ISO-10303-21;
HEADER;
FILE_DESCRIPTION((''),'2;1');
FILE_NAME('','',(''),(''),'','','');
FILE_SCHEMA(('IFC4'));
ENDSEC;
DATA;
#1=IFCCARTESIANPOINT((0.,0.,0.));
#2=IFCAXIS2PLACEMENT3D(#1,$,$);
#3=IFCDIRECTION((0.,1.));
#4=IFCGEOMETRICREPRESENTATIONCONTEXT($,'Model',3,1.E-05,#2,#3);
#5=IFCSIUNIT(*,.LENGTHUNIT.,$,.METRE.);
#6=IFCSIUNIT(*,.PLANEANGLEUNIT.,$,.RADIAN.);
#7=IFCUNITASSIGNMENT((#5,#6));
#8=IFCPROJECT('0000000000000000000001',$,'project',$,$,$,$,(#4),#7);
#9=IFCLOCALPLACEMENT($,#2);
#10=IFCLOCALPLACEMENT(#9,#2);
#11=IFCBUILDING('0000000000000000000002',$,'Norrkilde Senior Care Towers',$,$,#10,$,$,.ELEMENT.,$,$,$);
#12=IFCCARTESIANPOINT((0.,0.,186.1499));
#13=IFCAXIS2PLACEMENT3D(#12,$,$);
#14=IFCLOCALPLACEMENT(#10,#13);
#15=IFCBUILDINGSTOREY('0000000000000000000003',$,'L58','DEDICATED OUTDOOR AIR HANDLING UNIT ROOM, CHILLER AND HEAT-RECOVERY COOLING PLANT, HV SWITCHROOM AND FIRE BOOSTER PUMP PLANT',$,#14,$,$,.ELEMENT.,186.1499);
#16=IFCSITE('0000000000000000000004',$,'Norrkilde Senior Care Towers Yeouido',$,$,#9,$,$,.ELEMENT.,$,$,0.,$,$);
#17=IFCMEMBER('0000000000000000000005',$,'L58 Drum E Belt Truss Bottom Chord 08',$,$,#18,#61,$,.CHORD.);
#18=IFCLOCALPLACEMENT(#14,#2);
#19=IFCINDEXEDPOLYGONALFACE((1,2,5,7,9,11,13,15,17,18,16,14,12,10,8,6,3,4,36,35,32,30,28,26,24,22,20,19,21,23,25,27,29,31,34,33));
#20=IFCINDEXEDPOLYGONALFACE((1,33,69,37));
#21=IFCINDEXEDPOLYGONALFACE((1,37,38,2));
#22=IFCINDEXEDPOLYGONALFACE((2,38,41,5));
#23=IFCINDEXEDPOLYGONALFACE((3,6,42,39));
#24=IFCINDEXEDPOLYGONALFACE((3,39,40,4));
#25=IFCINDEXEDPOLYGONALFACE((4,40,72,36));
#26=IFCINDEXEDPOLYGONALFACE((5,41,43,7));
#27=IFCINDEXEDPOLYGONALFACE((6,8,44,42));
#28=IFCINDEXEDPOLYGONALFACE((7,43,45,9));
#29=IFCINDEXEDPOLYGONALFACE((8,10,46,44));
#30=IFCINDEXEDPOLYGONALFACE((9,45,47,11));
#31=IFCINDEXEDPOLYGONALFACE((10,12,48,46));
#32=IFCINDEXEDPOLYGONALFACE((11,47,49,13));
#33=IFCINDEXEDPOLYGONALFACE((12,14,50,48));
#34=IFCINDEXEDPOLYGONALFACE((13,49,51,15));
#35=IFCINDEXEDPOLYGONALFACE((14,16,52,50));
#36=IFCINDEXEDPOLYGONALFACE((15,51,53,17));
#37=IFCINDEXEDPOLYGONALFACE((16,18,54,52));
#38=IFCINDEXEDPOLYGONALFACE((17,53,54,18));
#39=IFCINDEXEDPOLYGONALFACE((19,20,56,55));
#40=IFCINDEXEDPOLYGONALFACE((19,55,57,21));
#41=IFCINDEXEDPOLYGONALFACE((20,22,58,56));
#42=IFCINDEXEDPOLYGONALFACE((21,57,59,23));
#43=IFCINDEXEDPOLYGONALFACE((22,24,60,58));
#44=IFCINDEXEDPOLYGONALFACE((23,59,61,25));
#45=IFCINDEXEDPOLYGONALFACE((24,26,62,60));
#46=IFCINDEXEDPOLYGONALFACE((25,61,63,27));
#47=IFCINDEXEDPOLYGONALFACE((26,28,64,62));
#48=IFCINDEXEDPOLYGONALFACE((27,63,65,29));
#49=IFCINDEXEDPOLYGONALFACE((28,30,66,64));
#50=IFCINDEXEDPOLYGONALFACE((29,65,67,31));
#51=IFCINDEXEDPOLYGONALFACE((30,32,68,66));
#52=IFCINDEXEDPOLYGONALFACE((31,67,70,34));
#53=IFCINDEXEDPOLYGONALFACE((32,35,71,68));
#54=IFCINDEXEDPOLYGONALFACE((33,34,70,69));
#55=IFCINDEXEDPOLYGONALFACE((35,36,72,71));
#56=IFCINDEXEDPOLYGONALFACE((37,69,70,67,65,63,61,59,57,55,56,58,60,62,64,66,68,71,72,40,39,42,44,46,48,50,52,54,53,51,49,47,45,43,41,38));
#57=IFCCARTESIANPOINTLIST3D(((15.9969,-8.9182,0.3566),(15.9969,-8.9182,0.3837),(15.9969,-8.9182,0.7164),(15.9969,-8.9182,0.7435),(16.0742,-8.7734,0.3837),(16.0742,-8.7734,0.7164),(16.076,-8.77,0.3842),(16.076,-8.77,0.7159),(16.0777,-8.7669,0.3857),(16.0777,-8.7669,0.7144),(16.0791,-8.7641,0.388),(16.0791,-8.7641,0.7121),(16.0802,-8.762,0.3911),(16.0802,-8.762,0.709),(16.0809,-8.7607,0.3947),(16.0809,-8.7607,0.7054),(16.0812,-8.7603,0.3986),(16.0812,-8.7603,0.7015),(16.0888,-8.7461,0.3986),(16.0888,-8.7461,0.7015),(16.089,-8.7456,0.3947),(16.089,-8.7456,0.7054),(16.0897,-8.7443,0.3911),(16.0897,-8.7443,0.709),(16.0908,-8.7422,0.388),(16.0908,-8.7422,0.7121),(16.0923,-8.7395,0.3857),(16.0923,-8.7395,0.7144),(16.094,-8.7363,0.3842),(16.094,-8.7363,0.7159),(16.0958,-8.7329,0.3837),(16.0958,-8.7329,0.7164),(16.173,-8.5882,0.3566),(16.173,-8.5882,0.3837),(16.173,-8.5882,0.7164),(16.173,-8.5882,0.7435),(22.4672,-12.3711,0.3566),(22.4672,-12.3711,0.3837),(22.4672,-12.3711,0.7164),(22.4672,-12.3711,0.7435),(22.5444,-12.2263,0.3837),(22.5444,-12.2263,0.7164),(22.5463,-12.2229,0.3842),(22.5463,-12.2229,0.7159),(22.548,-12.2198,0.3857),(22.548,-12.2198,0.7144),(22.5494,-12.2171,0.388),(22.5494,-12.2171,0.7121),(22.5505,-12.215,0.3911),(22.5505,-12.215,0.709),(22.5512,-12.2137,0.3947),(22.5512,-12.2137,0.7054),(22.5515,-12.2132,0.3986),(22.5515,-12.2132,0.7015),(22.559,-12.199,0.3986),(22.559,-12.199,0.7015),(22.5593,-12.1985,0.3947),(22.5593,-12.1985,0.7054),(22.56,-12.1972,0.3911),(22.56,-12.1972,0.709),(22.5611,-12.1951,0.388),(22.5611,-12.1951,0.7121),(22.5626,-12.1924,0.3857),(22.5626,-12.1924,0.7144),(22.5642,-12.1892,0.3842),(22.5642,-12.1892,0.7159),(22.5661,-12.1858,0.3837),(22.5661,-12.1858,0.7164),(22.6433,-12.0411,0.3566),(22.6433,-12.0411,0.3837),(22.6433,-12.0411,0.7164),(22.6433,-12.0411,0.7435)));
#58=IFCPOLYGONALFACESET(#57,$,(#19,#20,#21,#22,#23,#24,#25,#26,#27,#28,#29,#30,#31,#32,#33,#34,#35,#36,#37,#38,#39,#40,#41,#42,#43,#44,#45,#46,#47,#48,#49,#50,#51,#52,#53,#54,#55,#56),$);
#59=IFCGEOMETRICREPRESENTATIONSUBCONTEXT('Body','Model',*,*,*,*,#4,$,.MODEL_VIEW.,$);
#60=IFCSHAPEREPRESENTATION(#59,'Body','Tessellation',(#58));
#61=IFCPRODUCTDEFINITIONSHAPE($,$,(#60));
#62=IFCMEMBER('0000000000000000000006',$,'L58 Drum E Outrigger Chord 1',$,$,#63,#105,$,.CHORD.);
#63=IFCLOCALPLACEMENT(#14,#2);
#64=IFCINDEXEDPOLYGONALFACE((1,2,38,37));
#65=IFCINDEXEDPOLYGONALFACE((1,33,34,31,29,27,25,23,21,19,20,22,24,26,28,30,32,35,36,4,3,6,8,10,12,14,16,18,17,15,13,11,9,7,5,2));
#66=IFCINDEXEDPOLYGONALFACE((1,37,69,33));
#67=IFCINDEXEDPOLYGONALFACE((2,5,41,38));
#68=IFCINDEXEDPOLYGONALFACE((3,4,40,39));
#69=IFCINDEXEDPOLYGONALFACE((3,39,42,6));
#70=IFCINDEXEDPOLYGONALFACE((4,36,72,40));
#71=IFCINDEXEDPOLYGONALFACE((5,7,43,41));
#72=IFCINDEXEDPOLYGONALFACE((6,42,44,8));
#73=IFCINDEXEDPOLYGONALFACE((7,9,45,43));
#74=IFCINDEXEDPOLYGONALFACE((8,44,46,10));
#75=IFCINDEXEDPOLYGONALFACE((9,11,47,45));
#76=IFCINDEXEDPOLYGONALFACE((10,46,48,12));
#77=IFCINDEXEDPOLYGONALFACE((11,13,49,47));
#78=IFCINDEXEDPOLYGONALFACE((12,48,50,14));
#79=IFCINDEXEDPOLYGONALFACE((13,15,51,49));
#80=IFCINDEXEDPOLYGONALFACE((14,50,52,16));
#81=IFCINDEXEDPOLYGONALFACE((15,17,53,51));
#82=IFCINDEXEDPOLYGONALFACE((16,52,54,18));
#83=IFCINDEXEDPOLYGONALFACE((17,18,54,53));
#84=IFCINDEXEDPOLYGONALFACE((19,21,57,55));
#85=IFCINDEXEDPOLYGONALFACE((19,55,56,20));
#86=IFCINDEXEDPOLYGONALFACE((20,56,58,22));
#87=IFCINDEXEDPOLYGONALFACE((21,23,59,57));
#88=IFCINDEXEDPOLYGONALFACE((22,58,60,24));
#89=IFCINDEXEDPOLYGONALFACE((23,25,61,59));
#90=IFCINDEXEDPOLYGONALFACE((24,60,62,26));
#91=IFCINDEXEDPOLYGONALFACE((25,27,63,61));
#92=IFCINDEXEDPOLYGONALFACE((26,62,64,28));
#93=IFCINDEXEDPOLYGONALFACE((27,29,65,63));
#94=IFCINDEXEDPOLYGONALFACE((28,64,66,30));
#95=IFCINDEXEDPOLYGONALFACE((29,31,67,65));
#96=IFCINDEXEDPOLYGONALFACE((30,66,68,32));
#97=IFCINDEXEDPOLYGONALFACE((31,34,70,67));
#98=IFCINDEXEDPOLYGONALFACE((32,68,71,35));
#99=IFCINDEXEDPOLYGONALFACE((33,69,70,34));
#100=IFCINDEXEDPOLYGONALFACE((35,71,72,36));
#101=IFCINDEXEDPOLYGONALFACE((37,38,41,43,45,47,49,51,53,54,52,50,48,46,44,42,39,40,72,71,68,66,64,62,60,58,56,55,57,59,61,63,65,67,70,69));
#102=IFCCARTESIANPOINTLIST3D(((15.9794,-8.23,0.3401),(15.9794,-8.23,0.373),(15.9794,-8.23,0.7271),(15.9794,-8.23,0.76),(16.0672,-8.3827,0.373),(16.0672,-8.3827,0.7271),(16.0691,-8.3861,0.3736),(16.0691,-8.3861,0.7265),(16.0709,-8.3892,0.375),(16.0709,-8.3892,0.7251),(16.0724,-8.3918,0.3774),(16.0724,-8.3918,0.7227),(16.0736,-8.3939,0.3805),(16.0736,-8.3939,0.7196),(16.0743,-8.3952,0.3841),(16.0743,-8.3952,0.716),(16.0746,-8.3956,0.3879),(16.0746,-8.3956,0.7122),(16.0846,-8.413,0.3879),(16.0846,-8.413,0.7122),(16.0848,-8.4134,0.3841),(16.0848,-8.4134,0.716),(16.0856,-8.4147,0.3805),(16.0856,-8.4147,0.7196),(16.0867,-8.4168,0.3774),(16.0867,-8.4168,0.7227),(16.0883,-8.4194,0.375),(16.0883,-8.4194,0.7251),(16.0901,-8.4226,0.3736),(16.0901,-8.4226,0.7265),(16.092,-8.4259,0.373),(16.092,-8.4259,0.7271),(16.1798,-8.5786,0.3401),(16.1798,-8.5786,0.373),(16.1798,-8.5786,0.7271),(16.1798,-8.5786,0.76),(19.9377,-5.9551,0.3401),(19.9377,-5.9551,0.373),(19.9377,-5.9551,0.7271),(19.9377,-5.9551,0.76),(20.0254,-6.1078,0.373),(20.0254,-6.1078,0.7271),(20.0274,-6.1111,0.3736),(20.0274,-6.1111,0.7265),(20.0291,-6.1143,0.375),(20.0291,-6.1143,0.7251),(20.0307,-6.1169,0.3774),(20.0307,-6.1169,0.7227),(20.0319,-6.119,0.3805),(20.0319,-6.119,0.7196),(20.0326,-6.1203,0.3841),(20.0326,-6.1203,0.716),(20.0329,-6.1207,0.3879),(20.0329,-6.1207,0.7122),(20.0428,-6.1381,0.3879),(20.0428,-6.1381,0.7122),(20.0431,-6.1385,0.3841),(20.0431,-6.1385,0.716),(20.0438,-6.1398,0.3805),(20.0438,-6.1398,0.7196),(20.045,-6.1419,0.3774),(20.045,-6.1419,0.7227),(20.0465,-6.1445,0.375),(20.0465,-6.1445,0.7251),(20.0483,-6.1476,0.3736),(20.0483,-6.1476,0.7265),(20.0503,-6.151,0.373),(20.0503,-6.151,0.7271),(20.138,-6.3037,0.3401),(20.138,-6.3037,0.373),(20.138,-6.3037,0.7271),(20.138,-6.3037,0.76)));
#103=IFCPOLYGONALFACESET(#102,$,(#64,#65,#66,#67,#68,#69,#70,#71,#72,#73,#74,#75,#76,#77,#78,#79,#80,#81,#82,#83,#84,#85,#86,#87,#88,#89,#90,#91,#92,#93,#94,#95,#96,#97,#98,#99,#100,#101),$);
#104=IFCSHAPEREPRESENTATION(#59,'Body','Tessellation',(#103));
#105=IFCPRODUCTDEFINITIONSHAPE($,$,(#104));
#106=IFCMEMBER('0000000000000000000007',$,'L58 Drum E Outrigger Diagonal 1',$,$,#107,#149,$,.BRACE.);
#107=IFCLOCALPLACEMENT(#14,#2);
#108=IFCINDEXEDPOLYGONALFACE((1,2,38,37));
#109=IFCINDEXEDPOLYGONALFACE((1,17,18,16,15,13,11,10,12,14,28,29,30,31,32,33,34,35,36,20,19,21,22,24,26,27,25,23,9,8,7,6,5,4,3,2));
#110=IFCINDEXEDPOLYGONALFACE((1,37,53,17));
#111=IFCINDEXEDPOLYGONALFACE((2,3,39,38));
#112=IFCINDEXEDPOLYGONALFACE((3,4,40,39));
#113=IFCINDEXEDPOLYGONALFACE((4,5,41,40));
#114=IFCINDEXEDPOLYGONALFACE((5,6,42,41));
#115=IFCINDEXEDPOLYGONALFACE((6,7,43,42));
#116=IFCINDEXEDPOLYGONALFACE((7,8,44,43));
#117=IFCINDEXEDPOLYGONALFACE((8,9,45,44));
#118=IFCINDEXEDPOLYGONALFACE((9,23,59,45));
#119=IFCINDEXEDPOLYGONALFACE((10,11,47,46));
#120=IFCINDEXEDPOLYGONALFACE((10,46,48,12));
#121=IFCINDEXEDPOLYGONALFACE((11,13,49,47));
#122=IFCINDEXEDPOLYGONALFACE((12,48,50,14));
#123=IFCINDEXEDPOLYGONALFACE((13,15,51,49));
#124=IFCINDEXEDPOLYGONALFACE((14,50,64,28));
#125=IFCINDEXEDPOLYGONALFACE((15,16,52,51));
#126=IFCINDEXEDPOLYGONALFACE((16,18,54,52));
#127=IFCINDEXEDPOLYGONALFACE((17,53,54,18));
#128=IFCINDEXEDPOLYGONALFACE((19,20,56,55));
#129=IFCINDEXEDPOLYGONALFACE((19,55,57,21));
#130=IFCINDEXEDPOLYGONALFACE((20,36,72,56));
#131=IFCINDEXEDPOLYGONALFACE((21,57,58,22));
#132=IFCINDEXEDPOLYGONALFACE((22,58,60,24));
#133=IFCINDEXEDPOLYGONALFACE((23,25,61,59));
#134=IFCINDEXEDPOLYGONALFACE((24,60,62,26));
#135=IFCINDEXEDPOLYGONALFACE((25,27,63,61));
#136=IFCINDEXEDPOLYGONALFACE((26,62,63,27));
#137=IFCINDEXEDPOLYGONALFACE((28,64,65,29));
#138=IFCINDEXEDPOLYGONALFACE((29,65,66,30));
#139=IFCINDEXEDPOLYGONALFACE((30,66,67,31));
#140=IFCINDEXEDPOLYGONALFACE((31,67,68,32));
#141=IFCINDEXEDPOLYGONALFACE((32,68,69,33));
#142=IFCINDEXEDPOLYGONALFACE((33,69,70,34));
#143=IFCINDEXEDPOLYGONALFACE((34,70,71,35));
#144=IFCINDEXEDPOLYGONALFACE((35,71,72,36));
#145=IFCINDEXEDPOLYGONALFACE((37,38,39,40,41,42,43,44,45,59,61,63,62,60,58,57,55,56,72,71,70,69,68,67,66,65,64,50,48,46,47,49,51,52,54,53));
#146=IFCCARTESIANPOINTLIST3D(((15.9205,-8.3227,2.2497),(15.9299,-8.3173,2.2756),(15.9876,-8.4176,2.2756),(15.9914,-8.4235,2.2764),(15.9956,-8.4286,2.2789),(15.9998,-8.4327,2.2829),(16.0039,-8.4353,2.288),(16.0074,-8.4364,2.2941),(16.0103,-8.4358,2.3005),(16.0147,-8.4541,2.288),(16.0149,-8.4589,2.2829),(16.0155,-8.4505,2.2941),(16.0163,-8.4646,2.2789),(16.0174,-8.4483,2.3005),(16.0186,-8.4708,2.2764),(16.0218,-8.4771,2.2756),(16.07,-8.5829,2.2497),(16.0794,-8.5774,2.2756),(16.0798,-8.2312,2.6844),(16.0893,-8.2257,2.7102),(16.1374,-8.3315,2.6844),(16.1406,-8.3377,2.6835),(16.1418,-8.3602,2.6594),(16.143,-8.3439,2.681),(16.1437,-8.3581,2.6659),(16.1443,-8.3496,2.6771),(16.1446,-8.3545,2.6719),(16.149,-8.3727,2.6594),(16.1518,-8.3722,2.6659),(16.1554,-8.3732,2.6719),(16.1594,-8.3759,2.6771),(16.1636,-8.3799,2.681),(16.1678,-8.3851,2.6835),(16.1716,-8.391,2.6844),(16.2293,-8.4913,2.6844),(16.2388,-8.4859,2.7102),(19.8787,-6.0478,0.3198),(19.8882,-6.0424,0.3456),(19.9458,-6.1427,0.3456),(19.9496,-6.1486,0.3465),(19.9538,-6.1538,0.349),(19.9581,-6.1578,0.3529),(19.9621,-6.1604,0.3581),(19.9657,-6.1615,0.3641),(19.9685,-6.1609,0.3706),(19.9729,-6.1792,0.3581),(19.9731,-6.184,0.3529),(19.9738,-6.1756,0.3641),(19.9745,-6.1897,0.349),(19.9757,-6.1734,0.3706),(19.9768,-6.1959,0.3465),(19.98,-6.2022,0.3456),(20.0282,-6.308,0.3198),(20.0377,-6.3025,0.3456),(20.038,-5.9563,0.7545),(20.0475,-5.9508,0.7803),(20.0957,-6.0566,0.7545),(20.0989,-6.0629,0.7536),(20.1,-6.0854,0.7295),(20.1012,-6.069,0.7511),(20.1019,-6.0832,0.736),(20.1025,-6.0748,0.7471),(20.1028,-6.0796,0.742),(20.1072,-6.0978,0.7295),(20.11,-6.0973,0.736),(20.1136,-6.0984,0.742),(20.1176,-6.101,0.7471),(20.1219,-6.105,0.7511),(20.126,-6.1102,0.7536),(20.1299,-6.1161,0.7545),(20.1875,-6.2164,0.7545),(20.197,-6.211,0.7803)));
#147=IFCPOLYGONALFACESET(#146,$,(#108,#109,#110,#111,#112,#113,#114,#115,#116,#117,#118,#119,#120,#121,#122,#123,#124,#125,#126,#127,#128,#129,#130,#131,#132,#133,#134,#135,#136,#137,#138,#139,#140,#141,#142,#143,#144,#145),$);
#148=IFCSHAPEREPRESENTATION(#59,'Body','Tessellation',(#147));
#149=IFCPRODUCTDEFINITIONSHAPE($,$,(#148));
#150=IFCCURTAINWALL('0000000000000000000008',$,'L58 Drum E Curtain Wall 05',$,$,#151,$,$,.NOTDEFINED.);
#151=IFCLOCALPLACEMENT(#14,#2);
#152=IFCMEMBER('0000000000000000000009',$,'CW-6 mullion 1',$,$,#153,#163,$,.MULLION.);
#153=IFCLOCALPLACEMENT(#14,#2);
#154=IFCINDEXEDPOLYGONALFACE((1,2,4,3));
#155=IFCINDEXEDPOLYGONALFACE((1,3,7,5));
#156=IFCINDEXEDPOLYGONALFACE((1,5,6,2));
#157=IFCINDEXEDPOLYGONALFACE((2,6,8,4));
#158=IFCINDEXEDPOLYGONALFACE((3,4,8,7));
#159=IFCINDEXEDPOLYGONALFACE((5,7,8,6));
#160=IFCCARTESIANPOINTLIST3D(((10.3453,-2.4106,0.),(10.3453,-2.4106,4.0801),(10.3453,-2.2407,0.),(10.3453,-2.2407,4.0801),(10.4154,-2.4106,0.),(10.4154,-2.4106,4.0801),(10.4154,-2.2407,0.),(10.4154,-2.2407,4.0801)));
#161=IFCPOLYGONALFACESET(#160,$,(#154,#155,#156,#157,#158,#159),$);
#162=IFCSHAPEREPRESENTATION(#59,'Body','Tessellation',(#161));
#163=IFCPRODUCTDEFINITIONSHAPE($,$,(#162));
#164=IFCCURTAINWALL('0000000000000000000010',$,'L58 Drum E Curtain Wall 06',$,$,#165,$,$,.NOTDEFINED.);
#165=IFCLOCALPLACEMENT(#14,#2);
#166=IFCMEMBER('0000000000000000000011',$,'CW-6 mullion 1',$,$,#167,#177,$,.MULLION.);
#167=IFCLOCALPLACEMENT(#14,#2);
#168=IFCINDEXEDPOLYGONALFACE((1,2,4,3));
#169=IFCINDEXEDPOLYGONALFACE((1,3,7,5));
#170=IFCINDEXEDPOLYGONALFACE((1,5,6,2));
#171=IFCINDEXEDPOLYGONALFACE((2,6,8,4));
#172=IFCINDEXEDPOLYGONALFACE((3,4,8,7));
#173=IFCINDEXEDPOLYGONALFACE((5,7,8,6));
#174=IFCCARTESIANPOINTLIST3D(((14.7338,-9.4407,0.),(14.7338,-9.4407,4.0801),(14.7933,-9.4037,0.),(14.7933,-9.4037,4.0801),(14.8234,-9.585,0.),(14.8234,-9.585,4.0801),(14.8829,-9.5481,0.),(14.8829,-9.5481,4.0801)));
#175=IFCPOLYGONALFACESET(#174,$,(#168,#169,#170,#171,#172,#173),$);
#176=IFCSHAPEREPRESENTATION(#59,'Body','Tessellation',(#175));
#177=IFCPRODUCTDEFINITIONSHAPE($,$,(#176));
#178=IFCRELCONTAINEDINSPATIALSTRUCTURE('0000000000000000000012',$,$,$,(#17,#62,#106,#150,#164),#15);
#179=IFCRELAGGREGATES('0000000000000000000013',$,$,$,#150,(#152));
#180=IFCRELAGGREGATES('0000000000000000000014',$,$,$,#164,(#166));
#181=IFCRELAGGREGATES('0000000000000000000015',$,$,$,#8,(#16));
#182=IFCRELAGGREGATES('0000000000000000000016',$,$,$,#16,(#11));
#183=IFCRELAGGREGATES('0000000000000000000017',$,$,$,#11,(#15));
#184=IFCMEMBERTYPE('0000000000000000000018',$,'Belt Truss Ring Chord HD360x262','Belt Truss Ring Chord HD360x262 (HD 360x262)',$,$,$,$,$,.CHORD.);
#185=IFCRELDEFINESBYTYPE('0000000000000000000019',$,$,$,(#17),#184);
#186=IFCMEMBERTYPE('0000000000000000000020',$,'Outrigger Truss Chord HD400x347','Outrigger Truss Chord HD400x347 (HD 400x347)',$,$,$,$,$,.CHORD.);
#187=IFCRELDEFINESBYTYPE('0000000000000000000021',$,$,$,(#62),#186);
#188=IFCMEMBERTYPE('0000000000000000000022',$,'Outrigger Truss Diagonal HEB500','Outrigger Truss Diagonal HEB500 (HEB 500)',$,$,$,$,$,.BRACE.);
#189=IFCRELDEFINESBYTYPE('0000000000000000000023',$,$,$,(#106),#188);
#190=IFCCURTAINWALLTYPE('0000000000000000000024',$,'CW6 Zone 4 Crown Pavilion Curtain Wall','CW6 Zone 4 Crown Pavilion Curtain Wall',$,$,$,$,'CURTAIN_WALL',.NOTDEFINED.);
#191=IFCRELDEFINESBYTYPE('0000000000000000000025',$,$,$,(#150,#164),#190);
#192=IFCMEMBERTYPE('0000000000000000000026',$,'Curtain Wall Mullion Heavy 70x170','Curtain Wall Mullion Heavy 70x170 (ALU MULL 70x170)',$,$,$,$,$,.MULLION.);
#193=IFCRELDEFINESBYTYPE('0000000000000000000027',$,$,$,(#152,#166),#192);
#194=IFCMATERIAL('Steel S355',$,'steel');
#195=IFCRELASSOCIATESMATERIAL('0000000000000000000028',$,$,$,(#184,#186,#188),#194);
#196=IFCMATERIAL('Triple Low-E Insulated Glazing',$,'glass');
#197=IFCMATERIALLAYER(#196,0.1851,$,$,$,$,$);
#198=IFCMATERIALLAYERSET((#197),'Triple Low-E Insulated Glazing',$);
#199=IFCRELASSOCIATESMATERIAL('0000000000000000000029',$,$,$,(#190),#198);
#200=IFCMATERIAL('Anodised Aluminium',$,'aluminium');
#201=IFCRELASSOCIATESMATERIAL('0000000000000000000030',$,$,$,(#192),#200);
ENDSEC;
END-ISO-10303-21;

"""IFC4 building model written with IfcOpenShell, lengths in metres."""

from ifc_helpers import new_model, si_unit, direction, frame, origin, origin_2d, place, context, subcontext, project, spatial, rectangle, i_section, extrude, source, transform, mapped, material, layer, layer_set, material_profile, profile_set, type_object, type_shapes, element, aggregate, save


model = new_model("IFC4")

# Units and contexts
model_context = context("Model", 3, precision=1e-05, world=origin(), true_north=direction((0.0, 1.0)))
body_context = subcontext(model_context, "Body", "Model", "MODEL_VIEW")
ifc_project = project(units=[si_unit("LENGTHUNIT", "METRE"), si_unit("PLANEANGLEUNIT", "RADIAN")], contexts=[model_context])

# Site, building, storey
site_placement = place(None, origin())
site = spatial("IfcSite", under=ifc_project, at=site_placement, Name="Norrkilde Senior Care Towers Yeouido", CompositionType="ELEMENT", RefElevation=0.0)
building_placement = place(site_placement, origin())
building = spatial("IfcBuilding", under=site, at=building_placement, Name="Norrkilde Senior Care Towers", CompositionType="ELEMENT")
storey_placement = place(building_placement, frame((0.0, 0.0, 186.1499)))
storey = spatial("IfcBuildingStorey", under=building, at=storey_placement, Name="L58", Description="DEDICATED OUTDOOR AIR HANDLING UNIT ROOM, CHILLER AND HEAT-RECOVERY COOLING PLANT, HV SWITCHROOM AND FIRE BOOSTER PUMP PLANT", CompositionType="ELEMENT", Elevation=186.1499)

# Members
ifc_material_1 = material(Name="Steel S355", Category="steel")
ifc_material_profile_1 = material_profile(ifc_material_1, i_section(OverallWidth=0.374, OverallDepth=0.387, WebThickness=0.0161, FlangeThickness=0.0271, FilletRadius=0.0149, at=origin_2d()), Name="HD 360x262")
ifc_profile_set_1 = profile_set([ifc_material_profile_1], Name="Steel S355")
member_type_1 = type_object("IfcMemberType", Name="Belt Truss Ring Chord HD360x262", Description="Belt Truss Ring Chord HD360x262 (HD 360x262)", PredefinedType="CHORD", material=ifc_profile_set_1)
shared_shape_1 = source(origin(), body_context, "Body", "SweptSolid", [
    extrude(i_section(OverallWidth=0.374, OverallDepth=0.387, WebThickness=0.0161, FlangeThickness=0.0271, FilletRadius=0.0149, at=origin_2d()), origin(), (0.0, 0.0, 1.0), 7.334),
])
member_1_placement = place(storey_placement, frame((16.085, -8.7532, 0.55), z_axis=(0.882234, -0.470811, 0.0), x_axis=(0.470811, 0.882234, 0.0)))
element("IfcMember", 1, at=member_1_placement, inside=storey, type_object=member_type_1, Name="L58 Drum E Belt Truss Bottom Chord 08", PredefinedType="CHORD", context=body_context, shape_type="MappedRepresentation", body=[
    mapped(shared_shape_1, transform((0.0, 0.0, 0.0), x_axis=(1.0, 0.0, 0.0), y_axis=(0.0, 1.0, 0.0), z_axis=(0.0, 0.0, 1.0), scale=1.0)),
])
ifc_material_profile_2 = material_profile(ifc_material_1, i_section(OverallWidth=0.4021, OverallDepth=0.4199, WebThickness=0.02, FlangeThickness=0.033, FilletRadius=0.0149, at=origin_2d()), Name="HD 400x347")
ifc_profile_set_2 = profile_set([ifc_material_profile_2], Name="Steel S355")
member_type_2 = type_object("IfcMemberType", Name="Outrigger Truss Chord HD400x347", Description="Outrigger Truss Chord HD400x347 (HD 400x347)", PredefinedType="CHORD", material=ifc_profile_set_2)
shared_shape_2 = source(origin(), body_context, "Body", "SweptSolid", [
    extrude(i_section(OverallWidth=0.4021, OverallDepth=0.4199, WebThickness=0.02, FlangeThickness=0.033, FilletRadius=0.0149, at=origin_2d()), origin(), (0.0, 0.0, 1.0), 4.5654),
])
type_shapes(member_type_2, [shared_shape_2])
member_2_placement = place(storey_placement, frame((20.0378, -6.1294, 0.55), z_axis=(-0.86701, -0.498291, 0.0), x_axis=(0.498291, -0.86701, 0.0)))
element("IfcMember", 2, at=member_2_placement, inside=storey, type_object=member_type_2, Name="L58 Drum E Outrigger Chord 1", PredefinedType="CHORD", context=body_context, shape_type="MappedRepresentation", body=[
    mapped(shared_shape_2, transform((0.0, 0.0, 0.0), x_axis=(1.0, 0.0, 0.0), y_axis=(0.0, 1.0, 0.0), z_axis=(0.0, 0.0, 1.0), scale=1.0)),
])
ifc_material_profile_3 = material_profile(ifc_material_1, i_section(OverallWidth=0.3, OverallDepth=0.5, WebThickness=0.0144, FlangeThickness=0.0281, FilletRadius=0.0271, at=origin_2d()), Name="HEB 500")
ifc_profile_set_3 = profile_set([ifc_material_profile_3], Name="Steel S355")
member_type_3 = type_object("IfcMemberType", Name="Outrigger Truss Diagonal HEB500", Description="Outrigger Truss Diagonal HEB500 (HEB 500)", PredefinedType="BRACE", material=ifc_profile_set_3)
shared_shape_3 = source(origin(), body_context, "Body", "SweptSolid", [
    extrude(i_section(OverallWidth=0.3, OverallDepth=0.5, WebThickness=0.0144, FlangeThickness=0.0281, FilletRadius=0.0271, at=origin_2d()), origin(), (0.0, 0.0, 1.0), 4.9565),
])
type_shapes(member_type_3, [shared_shape_3])
member_3_placement = place(storey_placement, frame((20.0378, -6.1294, 0.55), z_axis=(-0.798587, -0.458967, 0.389368), x_axis=(0.498291, -0.86701, 0.0)))
element("IfcMember", 3, at=member_3_placement, inside=storey, type_object=member_type_3, Name="L58 Drum E Outrigger Diagonal 1", PredefinedType="BRACE", context=body_context, shape_type="MappedRepresentation", body=[
    mapped(shared_shape_3, transform((0.0, 0.0, 0.0), x_axis=(1.0, 0.0, 0.0), y_axis=(0.0, 1.0, 0.0), z_axis=(0.0, 0.0, 1.0), scale=1.0)),
])

# Curtain wall, member
ifc_material_2 = material(Name="Triple Low-E Insulated Glazing", Category="glass")
ifc_layer_1 = layer(ifc_material_2, 0.1851)
ifc_layer_set_1 = layer_set([ifc_layer_1], Name="Triple Low-E Insulated Glazing")
curtain_wall_type = type_object("IfcCurtainWallType", Name="CW6 Zone 4 Crown Pavilion Curtain Wall", Description="CW6 Zone 4 Crown Pavilion Curtain Wall", ElementType="CURTAIN_WALL", PredefinedType="NOTDEFINED", material=ifc_layer_set_1)
curtain_wall_1_placement = place(storey_placement, origin())
curtain_wall_1 = element("IfcCurtainWall", 4, at=curtain_wall_1_placement, inside=storey, type_object=curtain_wall_type, Name="L58 Drum E Curtain Wall 05", PredefinedType="NOTDEFINED")
ifc_material_3 = material(Name="Anodised Aluminium", Category="aluminium")
ifc_material_profile_4 = material_profile(ifc_material_3, rectangle(XDim=0.0701, YDim=0.1699, at=origin_2d()), Name="ALU MULL 70x170")
ifc_profile_set_4 = profile_set([ifc_material_profile_4], Name="Anodised Aluminium")
member_type_4 = type_object("IfcMemberType", Name="Curtain Wall Mullion Heavy 70x170", Description="Curtain Wall Mullion Heavy 70x170 (ALU MULL 70x170)", PredefinedType="MULLION", material=ifc_profile_set_4)
shared_shape_4 = source(origin(), body_context, "Body", "SweptSolid", [
    extrude(rectangle(XDim=0.0701, YDim=0.1699, at=origin_2d()), origin(), (0.0, 0.0, 1.0), 4.0801),
])
type_shapes(member_type_4, [shared_shape_4])
member_4_placement = place(storey_placement, frame((10.3804, -2.3257, 0.0), z_axis=(0.0, 0.0, 1.0), x_axis=(-1.0, 0.0, 0.0)))
member_4 = element("IfcMember", 5, at=member_4_placement, type_object=member_type_4, Name="CW-6 mullion 1", PredefinedType="MULLION", context=body_context, shape_type="MappedRepresentation", body=[
    mapped(shared_shape_4, transform((0.0, 0.0, 0.0), x_axis=(1.0, 0.0, 0.0), y_axis=(0.0, 1.0, 0.0), z_axis=(0.0, 0.0, 1.0), scale=1.0)),
])

# Curtain wall, member
curtain_wall_2_placement = place(storey_placement, origin())
curtain_wall_2 = element("IfcCurtainWall", 6, at=curtain_wall_2_placement, inside=storey, type_object=curtain_wall_type, Name="L58 Drum E Curtain Wall 06", PredefinedType="NOTDEFINED")
member_5_placement = place(storey_placement, frame((14.8083, -9.4944, 0.0), z_axis=(0.0, 0.0, 1.0), x_axis=(-0.849634, -0.527373, 0.0)))
member_5 = element("IfcMember", 7, at=member_5_placement, type_object=member_type_4, Name="CW-6 mullion 1", PredefinedType="MULLION", context=body_context, shape_type="MappedRepresentation", body=[
    mapped(shared_shape_4, transform((0.0, 0.0, 0.0), x_axis=(1.0, 0.0, 0.0), y_axis=(0.0, 1.0, 0.0), z_axis=(0.0, 0.0, 1.0), scale=1.0)),
])

aggregate(curtain_wall_1, [member_4])

aggregate(curtain_wall_2, [member_5])

save(model, "model.ifc")
